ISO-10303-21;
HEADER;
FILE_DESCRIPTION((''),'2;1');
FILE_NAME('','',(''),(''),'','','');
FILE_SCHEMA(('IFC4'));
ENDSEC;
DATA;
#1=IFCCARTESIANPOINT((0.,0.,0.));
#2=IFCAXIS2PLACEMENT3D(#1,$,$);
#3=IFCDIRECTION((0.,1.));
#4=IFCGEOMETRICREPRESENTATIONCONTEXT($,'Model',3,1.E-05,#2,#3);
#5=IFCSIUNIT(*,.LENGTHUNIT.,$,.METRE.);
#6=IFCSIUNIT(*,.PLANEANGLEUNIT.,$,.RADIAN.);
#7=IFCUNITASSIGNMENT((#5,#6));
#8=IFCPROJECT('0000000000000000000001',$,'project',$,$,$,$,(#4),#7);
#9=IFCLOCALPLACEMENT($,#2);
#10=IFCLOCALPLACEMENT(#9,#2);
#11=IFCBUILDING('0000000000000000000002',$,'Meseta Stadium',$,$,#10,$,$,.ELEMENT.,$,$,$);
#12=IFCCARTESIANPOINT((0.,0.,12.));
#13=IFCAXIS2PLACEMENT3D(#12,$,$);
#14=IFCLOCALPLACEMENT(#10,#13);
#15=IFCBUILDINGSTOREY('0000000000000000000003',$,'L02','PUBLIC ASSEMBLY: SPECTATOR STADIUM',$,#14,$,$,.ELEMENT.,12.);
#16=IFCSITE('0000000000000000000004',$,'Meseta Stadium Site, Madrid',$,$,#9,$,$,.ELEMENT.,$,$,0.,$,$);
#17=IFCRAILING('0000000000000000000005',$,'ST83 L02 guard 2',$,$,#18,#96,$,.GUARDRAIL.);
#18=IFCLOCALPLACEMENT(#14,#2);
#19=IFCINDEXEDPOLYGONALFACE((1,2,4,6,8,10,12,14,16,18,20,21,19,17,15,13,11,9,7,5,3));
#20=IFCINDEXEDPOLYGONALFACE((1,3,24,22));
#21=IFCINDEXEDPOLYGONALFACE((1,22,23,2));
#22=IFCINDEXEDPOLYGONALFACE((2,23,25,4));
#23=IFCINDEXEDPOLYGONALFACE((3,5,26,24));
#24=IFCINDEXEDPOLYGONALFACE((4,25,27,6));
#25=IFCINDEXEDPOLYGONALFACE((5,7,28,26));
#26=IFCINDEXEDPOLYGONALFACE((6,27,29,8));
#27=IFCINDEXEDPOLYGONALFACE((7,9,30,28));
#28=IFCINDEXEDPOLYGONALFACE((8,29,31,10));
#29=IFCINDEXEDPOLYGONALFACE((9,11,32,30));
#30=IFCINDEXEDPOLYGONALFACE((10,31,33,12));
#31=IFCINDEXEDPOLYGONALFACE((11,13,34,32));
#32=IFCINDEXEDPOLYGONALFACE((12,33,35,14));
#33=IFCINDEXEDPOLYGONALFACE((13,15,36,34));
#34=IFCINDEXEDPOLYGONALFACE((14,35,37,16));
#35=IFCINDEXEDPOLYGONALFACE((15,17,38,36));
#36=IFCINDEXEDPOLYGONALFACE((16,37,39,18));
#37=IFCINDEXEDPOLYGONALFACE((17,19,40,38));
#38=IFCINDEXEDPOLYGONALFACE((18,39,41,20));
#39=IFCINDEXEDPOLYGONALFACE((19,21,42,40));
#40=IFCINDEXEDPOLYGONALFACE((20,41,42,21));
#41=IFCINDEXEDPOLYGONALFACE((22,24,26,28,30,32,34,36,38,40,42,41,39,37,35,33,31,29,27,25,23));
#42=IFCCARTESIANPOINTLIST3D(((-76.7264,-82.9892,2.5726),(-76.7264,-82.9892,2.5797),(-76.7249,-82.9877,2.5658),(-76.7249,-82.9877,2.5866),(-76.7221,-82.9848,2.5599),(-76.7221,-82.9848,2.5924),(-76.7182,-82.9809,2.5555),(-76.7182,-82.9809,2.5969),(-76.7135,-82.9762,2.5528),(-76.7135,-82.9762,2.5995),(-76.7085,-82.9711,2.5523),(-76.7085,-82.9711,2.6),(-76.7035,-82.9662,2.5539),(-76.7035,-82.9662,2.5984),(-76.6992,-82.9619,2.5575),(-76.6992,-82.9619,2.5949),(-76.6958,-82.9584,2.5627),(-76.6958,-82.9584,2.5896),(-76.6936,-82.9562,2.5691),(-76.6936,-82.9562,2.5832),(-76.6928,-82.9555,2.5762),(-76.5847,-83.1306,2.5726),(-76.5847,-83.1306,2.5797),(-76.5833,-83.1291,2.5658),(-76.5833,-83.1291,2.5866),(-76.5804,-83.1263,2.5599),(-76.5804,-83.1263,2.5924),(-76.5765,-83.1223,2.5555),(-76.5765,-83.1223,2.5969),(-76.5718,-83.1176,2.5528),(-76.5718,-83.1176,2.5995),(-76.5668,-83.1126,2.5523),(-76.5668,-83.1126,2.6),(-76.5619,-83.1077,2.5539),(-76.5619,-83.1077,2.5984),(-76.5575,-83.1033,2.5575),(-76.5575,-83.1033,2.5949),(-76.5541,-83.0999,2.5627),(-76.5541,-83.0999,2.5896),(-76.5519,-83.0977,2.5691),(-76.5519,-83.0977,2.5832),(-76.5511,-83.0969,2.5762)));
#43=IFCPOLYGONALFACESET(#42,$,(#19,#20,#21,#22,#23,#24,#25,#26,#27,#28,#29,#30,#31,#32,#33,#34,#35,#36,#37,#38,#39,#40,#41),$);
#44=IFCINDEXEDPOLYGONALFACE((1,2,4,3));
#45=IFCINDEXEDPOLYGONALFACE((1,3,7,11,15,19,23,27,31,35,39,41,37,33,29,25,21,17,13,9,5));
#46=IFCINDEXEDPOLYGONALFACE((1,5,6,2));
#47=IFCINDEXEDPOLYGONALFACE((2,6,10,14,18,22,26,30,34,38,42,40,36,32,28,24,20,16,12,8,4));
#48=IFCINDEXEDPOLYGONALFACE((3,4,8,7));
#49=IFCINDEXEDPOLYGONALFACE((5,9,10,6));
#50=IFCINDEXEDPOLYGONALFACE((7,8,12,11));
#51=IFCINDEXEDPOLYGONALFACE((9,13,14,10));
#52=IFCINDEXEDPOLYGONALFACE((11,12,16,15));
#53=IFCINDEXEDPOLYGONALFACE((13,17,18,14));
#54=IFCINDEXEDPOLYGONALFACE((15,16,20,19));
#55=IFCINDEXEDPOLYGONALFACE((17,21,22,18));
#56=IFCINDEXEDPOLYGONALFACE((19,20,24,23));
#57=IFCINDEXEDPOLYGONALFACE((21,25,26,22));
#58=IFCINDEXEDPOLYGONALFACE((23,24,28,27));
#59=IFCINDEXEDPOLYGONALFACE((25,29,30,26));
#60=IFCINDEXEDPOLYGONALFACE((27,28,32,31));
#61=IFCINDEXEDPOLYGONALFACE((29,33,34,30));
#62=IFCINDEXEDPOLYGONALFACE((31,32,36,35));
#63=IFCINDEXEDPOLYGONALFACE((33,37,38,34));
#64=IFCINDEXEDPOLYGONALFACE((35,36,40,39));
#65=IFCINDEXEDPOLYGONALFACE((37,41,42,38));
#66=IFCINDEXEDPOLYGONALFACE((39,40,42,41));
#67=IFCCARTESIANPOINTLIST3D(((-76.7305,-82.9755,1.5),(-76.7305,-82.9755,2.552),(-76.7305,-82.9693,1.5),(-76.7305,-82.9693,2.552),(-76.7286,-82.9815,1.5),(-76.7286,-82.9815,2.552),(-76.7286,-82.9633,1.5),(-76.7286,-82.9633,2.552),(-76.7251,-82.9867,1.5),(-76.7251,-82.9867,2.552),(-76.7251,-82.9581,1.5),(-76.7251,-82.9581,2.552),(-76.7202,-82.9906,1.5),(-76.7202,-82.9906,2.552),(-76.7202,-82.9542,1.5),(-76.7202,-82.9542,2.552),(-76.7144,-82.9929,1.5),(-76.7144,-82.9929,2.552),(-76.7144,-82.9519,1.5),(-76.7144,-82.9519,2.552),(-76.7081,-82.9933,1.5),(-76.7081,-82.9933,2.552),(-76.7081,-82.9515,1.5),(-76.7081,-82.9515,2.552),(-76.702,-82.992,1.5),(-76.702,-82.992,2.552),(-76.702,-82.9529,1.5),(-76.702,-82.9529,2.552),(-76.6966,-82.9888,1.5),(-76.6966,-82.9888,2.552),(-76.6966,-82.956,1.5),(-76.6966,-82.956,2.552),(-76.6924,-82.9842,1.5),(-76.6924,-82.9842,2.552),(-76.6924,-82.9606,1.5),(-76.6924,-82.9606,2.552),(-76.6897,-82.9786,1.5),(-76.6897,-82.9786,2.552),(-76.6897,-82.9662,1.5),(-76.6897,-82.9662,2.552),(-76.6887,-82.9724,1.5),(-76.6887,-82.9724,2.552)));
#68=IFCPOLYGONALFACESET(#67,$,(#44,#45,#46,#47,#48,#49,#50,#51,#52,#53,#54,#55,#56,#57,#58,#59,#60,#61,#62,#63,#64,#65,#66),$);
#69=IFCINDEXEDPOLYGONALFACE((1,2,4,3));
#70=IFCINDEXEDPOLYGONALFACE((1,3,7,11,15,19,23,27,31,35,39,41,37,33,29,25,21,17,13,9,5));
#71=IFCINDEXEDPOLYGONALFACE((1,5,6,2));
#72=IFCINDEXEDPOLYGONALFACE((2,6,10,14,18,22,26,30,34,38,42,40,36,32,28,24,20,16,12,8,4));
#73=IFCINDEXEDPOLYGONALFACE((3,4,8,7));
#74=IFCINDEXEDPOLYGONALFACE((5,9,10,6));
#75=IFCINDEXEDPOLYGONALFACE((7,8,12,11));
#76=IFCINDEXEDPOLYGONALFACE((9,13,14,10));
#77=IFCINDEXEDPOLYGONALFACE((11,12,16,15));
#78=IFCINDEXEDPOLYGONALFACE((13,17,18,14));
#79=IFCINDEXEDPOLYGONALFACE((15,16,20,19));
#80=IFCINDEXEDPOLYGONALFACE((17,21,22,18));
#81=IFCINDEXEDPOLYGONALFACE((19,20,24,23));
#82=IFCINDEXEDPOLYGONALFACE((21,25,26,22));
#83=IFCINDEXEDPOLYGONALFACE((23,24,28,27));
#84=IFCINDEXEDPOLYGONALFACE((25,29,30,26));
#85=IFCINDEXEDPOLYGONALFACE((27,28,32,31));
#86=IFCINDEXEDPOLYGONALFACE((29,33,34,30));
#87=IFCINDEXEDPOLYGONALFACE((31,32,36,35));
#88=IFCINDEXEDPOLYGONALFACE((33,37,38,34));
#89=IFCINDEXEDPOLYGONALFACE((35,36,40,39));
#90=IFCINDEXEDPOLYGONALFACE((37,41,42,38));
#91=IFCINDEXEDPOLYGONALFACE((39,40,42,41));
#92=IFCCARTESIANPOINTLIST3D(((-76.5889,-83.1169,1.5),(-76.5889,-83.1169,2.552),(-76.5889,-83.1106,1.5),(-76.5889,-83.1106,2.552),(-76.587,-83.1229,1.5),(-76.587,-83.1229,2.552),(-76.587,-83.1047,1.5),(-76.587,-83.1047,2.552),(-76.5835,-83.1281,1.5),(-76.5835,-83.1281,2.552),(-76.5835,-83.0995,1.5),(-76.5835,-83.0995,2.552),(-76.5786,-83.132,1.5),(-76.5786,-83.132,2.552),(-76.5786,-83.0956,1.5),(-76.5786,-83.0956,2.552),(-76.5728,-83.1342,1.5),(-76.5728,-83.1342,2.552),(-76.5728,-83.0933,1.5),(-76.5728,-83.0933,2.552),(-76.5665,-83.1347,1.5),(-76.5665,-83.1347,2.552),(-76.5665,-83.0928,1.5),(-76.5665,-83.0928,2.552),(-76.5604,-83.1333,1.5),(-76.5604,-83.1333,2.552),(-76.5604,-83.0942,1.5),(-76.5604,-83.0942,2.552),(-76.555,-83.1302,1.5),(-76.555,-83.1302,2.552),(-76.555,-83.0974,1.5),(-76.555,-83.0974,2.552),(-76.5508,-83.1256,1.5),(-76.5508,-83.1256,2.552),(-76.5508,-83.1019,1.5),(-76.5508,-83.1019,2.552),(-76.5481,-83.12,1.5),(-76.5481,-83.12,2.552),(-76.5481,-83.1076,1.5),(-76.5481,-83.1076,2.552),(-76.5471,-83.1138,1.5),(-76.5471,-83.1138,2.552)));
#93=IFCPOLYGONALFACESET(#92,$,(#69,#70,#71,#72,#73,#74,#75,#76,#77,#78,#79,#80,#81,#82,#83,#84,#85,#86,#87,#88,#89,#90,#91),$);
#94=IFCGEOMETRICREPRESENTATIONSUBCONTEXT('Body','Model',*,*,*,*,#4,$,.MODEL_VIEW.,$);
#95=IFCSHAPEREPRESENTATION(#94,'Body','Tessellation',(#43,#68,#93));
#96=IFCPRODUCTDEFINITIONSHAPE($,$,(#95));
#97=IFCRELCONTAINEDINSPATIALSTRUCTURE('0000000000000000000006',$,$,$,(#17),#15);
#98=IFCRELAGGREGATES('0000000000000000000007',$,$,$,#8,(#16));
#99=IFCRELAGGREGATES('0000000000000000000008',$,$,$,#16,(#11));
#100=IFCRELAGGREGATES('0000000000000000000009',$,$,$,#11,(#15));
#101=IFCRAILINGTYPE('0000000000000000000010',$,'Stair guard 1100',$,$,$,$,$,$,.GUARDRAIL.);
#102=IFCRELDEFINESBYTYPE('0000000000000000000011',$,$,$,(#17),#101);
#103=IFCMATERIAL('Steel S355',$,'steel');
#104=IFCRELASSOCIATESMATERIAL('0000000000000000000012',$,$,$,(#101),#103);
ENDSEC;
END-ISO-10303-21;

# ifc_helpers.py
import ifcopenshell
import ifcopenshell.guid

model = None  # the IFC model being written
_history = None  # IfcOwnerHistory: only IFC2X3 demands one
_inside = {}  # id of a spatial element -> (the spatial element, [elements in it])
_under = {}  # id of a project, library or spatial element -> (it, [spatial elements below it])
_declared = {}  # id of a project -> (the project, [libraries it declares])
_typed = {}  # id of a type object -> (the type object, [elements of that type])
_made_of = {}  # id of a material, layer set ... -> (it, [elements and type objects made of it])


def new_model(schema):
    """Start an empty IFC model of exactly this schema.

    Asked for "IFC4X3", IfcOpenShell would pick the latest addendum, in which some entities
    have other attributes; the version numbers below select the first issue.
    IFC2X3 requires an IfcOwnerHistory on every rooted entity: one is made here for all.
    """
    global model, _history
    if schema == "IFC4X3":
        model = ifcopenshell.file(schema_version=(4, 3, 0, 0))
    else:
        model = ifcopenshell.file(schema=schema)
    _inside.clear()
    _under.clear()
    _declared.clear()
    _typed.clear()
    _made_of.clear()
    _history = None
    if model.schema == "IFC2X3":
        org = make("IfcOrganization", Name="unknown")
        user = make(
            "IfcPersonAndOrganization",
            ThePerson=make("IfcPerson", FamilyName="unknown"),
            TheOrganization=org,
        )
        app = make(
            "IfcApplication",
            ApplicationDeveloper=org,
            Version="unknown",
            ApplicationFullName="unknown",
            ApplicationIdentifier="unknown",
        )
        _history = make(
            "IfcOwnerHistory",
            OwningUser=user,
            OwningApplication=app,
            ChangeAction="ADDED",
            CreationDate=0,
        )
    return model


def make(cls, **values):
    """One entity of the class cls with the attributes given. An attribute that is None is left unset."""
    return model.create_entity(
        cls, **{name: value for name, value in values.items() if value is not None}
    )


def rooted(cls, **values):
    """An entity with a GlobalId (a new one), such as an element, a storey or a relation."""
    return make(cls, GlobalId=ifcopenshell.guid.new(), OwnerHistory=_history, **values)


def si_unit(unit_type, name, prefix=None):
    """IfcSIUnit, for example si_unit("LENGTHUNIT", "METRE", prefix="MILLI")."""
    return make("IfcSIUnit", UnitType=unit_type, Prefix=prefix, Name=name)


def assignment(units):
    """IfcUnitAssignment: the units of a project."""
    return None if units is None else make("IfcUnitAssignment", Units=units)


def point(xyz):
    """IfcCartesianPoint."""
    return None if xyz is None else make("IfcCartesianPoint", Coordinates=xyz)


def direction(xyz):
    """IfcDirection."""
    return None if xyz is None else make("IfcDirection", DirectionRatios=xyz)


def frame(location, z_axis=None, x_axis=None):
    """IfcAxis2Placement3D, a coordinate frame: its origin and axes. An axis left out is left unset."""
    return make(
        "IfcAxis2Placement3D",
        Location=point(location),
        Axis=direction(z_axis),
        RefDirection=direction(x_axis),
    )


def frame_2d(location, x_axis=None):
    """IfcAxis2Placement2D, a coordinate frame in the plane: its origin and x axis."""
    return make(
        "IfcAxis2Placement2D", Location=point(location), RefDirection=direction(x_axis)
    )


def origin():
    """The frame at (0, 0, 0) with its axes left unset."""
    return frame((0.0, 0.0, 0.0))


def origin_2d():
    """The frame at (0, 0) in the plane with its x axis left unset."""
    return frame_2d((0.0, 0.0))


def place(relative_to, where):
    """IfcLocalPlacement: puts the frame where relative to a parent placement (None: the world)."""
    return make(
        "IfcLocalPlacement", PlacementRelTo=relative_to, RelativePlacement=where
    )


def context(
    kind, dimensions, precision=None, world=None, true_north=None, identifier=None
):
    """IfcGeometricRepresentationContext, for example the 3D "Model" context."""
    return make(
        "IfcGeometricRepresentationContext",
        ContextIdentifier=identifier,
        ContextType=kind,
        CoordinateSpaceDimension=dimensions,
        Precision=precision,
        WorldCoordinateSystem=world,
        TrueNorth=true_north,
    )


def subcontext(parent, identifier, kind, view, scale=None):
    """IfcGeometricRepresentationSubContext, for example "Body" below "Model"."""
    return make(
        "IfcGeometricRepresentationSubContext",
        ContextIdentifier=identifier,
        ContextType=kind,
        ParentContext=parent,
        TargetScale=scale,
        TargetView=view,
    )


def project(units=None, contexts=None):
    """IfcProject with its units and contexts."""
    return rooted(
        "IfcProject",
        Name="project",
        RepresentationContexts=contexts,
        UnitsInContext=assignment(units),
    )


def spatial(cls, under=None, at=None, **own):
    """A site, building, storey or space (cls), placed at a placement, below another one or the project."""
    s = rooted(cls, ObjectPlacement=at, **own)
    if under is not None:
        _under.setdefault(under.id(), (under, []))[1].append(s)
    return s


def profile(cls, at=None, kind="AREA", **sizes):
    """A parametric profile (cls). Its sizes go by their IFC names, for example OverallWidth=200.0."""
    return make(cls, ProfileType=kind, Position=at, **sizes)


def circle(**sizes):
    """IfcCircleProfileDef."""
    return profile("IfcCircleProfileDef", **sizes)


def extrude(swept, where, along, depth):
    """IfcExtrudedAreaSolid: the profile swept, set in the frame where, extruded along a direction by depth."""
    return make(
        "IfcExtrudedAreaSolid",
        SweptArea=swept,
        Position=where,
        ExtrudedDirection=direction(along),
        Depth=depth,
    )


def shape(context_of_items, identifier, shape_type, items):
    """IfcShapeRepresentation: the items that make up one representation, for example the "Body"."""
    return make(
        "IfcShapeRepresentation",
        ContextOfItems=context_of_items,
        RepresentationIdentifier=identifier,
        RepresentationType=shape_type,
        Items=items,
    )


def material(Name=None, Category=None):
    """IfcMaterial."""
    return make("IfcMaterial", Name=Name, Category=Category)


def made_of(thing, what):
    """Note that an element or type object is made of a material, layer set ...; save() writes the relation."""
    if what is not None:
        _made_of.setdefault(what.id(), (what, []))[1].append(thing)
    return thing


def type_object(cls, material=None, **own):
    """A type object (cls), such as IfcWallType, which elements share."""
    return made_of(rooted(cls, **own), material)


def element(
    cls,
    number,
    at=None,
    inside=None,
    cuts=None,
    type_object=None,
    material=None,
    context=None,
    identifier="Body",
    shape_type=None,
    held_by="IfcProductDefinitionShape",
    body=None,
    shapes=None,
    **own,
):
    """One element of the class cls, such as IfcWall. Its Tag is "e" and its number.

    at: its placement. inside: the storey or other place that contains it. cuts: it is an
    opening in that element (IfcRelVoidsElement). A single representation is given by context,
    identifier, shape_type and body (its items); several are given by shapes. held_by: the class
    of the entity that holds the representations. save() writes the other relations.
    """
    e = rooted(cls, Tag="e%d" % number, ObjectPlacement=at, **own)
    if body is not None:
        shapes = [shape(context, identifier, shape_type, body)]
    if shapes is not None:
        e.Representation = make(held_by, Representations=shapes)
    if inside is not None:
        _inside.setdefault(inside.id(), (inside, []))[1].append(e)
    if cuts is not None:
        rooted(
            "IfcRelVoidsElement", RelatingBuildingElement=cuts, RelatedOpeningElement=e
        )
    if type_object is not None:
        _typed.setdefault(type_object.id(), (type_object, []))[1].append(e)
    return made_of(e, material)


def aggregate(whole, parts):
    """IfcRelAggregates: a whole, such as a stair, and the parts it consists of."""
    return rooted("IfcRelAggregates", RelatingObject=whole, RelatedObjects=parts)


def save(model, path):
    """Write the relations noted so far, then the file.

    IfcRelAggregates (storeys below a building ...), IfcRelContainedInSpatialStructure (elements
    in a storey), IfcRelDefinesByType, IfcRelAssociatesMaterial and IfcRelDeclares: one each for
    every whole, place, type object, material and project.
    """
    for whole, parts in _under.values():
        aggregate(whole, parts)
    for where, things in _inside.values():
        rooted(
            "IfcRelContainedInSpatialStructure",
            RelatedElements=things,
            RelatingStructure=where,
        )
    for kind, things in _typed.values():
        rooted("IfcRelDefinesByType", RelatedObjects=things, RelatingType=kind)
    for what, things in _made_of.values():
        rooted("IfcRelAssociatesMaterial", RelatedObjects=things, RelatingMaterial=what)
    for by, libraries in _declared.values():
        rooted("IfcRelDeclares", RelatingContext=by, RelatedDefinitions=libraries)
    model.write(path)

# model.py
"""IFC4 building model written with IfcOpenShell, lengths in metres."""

from ifc_helpers import new_model, si_unit, direction, frame, origin, origin_2d, place, context, subcontext, project, spatial, circle, extrude, material, type_object, element, save


model = new_model("IFC4")

# Units and contexts
model_context = context("Model", 3, precision=1e-05, world=origin(), true_north=direction((0.0, 1.0)))
body_context = subcontext(model_context, "Body", "Model", "MODEL_VIEW")
ifc_project = project(units=[si_unit("LENGTHUNIT", "METRE"), si_unit("PLANEANGLEUNIT", "RADIAN")], contexts=[model_context])

# Site, building, storey
site_placement = place(None, origin())
site = spatial("IfcSite", under=ifc_project, at=site_placement, Name="Meseta Stadium Site, Madrid", CompositionType="ELEMENT", RefElevation=0.0)
building_placement = place(site_placement, origin())
building = spatial("IfcBuilding", under=site, at=building_placement, Name="Meseta Stadium", CompositionType="ELEMENT")
storey_placement = place(building_placement, frame((0.0, 0.0, 12.0)))
storey = spatial("IfcBuildingStorey", under=building, at=storey_placement, Name="L02", Description="PUBLIC ASSEMBLY: SPECTATOR STADIUM", CompositionType="ELEMENT", Elevation=12.0)

# Railing
ifc_material_1 = material(Name="Steel S355", Category="steel")
railing_type_1 = type_object("IfcRailingType", Name="Stair guard 1100", PredefinedType="GUARDRAIL", material=ifc_material_1)
railing_1_placement = place(storey_placement, frame((-76.7097, -82.9724, 1.5)))
element("IfcRailing", 1, at=railing_1_placement, inside=storey, type_object=railing_type_1, Name="ST83 L02 guard 2", PredefinedType="GUARDRAIL", context=body_context, shape_type="SweptSolid", body=[
    extrude(circle(Radius=0.0239, at=origin_2d()), frame((0.0, 0.0, 1.0762), z_axis=(0.707717, -0.706496, 0.0), x_axis=(0.706496, 0.707717, 0.0)), (0.0, 0.0, 1.0), 0.2002),
    extrude(circle(Radius=0.021, at=origin_2d()), origin(), (0.0, 0.0, 1.0), 1.052),
    extrude(circle(Radius=0.021, at=origin_2d()), frame((0.1416, -0.1414, 0.0)), (0.0, 0.0, 1.0), 1.052),
])

save(model, "model.ifc")
